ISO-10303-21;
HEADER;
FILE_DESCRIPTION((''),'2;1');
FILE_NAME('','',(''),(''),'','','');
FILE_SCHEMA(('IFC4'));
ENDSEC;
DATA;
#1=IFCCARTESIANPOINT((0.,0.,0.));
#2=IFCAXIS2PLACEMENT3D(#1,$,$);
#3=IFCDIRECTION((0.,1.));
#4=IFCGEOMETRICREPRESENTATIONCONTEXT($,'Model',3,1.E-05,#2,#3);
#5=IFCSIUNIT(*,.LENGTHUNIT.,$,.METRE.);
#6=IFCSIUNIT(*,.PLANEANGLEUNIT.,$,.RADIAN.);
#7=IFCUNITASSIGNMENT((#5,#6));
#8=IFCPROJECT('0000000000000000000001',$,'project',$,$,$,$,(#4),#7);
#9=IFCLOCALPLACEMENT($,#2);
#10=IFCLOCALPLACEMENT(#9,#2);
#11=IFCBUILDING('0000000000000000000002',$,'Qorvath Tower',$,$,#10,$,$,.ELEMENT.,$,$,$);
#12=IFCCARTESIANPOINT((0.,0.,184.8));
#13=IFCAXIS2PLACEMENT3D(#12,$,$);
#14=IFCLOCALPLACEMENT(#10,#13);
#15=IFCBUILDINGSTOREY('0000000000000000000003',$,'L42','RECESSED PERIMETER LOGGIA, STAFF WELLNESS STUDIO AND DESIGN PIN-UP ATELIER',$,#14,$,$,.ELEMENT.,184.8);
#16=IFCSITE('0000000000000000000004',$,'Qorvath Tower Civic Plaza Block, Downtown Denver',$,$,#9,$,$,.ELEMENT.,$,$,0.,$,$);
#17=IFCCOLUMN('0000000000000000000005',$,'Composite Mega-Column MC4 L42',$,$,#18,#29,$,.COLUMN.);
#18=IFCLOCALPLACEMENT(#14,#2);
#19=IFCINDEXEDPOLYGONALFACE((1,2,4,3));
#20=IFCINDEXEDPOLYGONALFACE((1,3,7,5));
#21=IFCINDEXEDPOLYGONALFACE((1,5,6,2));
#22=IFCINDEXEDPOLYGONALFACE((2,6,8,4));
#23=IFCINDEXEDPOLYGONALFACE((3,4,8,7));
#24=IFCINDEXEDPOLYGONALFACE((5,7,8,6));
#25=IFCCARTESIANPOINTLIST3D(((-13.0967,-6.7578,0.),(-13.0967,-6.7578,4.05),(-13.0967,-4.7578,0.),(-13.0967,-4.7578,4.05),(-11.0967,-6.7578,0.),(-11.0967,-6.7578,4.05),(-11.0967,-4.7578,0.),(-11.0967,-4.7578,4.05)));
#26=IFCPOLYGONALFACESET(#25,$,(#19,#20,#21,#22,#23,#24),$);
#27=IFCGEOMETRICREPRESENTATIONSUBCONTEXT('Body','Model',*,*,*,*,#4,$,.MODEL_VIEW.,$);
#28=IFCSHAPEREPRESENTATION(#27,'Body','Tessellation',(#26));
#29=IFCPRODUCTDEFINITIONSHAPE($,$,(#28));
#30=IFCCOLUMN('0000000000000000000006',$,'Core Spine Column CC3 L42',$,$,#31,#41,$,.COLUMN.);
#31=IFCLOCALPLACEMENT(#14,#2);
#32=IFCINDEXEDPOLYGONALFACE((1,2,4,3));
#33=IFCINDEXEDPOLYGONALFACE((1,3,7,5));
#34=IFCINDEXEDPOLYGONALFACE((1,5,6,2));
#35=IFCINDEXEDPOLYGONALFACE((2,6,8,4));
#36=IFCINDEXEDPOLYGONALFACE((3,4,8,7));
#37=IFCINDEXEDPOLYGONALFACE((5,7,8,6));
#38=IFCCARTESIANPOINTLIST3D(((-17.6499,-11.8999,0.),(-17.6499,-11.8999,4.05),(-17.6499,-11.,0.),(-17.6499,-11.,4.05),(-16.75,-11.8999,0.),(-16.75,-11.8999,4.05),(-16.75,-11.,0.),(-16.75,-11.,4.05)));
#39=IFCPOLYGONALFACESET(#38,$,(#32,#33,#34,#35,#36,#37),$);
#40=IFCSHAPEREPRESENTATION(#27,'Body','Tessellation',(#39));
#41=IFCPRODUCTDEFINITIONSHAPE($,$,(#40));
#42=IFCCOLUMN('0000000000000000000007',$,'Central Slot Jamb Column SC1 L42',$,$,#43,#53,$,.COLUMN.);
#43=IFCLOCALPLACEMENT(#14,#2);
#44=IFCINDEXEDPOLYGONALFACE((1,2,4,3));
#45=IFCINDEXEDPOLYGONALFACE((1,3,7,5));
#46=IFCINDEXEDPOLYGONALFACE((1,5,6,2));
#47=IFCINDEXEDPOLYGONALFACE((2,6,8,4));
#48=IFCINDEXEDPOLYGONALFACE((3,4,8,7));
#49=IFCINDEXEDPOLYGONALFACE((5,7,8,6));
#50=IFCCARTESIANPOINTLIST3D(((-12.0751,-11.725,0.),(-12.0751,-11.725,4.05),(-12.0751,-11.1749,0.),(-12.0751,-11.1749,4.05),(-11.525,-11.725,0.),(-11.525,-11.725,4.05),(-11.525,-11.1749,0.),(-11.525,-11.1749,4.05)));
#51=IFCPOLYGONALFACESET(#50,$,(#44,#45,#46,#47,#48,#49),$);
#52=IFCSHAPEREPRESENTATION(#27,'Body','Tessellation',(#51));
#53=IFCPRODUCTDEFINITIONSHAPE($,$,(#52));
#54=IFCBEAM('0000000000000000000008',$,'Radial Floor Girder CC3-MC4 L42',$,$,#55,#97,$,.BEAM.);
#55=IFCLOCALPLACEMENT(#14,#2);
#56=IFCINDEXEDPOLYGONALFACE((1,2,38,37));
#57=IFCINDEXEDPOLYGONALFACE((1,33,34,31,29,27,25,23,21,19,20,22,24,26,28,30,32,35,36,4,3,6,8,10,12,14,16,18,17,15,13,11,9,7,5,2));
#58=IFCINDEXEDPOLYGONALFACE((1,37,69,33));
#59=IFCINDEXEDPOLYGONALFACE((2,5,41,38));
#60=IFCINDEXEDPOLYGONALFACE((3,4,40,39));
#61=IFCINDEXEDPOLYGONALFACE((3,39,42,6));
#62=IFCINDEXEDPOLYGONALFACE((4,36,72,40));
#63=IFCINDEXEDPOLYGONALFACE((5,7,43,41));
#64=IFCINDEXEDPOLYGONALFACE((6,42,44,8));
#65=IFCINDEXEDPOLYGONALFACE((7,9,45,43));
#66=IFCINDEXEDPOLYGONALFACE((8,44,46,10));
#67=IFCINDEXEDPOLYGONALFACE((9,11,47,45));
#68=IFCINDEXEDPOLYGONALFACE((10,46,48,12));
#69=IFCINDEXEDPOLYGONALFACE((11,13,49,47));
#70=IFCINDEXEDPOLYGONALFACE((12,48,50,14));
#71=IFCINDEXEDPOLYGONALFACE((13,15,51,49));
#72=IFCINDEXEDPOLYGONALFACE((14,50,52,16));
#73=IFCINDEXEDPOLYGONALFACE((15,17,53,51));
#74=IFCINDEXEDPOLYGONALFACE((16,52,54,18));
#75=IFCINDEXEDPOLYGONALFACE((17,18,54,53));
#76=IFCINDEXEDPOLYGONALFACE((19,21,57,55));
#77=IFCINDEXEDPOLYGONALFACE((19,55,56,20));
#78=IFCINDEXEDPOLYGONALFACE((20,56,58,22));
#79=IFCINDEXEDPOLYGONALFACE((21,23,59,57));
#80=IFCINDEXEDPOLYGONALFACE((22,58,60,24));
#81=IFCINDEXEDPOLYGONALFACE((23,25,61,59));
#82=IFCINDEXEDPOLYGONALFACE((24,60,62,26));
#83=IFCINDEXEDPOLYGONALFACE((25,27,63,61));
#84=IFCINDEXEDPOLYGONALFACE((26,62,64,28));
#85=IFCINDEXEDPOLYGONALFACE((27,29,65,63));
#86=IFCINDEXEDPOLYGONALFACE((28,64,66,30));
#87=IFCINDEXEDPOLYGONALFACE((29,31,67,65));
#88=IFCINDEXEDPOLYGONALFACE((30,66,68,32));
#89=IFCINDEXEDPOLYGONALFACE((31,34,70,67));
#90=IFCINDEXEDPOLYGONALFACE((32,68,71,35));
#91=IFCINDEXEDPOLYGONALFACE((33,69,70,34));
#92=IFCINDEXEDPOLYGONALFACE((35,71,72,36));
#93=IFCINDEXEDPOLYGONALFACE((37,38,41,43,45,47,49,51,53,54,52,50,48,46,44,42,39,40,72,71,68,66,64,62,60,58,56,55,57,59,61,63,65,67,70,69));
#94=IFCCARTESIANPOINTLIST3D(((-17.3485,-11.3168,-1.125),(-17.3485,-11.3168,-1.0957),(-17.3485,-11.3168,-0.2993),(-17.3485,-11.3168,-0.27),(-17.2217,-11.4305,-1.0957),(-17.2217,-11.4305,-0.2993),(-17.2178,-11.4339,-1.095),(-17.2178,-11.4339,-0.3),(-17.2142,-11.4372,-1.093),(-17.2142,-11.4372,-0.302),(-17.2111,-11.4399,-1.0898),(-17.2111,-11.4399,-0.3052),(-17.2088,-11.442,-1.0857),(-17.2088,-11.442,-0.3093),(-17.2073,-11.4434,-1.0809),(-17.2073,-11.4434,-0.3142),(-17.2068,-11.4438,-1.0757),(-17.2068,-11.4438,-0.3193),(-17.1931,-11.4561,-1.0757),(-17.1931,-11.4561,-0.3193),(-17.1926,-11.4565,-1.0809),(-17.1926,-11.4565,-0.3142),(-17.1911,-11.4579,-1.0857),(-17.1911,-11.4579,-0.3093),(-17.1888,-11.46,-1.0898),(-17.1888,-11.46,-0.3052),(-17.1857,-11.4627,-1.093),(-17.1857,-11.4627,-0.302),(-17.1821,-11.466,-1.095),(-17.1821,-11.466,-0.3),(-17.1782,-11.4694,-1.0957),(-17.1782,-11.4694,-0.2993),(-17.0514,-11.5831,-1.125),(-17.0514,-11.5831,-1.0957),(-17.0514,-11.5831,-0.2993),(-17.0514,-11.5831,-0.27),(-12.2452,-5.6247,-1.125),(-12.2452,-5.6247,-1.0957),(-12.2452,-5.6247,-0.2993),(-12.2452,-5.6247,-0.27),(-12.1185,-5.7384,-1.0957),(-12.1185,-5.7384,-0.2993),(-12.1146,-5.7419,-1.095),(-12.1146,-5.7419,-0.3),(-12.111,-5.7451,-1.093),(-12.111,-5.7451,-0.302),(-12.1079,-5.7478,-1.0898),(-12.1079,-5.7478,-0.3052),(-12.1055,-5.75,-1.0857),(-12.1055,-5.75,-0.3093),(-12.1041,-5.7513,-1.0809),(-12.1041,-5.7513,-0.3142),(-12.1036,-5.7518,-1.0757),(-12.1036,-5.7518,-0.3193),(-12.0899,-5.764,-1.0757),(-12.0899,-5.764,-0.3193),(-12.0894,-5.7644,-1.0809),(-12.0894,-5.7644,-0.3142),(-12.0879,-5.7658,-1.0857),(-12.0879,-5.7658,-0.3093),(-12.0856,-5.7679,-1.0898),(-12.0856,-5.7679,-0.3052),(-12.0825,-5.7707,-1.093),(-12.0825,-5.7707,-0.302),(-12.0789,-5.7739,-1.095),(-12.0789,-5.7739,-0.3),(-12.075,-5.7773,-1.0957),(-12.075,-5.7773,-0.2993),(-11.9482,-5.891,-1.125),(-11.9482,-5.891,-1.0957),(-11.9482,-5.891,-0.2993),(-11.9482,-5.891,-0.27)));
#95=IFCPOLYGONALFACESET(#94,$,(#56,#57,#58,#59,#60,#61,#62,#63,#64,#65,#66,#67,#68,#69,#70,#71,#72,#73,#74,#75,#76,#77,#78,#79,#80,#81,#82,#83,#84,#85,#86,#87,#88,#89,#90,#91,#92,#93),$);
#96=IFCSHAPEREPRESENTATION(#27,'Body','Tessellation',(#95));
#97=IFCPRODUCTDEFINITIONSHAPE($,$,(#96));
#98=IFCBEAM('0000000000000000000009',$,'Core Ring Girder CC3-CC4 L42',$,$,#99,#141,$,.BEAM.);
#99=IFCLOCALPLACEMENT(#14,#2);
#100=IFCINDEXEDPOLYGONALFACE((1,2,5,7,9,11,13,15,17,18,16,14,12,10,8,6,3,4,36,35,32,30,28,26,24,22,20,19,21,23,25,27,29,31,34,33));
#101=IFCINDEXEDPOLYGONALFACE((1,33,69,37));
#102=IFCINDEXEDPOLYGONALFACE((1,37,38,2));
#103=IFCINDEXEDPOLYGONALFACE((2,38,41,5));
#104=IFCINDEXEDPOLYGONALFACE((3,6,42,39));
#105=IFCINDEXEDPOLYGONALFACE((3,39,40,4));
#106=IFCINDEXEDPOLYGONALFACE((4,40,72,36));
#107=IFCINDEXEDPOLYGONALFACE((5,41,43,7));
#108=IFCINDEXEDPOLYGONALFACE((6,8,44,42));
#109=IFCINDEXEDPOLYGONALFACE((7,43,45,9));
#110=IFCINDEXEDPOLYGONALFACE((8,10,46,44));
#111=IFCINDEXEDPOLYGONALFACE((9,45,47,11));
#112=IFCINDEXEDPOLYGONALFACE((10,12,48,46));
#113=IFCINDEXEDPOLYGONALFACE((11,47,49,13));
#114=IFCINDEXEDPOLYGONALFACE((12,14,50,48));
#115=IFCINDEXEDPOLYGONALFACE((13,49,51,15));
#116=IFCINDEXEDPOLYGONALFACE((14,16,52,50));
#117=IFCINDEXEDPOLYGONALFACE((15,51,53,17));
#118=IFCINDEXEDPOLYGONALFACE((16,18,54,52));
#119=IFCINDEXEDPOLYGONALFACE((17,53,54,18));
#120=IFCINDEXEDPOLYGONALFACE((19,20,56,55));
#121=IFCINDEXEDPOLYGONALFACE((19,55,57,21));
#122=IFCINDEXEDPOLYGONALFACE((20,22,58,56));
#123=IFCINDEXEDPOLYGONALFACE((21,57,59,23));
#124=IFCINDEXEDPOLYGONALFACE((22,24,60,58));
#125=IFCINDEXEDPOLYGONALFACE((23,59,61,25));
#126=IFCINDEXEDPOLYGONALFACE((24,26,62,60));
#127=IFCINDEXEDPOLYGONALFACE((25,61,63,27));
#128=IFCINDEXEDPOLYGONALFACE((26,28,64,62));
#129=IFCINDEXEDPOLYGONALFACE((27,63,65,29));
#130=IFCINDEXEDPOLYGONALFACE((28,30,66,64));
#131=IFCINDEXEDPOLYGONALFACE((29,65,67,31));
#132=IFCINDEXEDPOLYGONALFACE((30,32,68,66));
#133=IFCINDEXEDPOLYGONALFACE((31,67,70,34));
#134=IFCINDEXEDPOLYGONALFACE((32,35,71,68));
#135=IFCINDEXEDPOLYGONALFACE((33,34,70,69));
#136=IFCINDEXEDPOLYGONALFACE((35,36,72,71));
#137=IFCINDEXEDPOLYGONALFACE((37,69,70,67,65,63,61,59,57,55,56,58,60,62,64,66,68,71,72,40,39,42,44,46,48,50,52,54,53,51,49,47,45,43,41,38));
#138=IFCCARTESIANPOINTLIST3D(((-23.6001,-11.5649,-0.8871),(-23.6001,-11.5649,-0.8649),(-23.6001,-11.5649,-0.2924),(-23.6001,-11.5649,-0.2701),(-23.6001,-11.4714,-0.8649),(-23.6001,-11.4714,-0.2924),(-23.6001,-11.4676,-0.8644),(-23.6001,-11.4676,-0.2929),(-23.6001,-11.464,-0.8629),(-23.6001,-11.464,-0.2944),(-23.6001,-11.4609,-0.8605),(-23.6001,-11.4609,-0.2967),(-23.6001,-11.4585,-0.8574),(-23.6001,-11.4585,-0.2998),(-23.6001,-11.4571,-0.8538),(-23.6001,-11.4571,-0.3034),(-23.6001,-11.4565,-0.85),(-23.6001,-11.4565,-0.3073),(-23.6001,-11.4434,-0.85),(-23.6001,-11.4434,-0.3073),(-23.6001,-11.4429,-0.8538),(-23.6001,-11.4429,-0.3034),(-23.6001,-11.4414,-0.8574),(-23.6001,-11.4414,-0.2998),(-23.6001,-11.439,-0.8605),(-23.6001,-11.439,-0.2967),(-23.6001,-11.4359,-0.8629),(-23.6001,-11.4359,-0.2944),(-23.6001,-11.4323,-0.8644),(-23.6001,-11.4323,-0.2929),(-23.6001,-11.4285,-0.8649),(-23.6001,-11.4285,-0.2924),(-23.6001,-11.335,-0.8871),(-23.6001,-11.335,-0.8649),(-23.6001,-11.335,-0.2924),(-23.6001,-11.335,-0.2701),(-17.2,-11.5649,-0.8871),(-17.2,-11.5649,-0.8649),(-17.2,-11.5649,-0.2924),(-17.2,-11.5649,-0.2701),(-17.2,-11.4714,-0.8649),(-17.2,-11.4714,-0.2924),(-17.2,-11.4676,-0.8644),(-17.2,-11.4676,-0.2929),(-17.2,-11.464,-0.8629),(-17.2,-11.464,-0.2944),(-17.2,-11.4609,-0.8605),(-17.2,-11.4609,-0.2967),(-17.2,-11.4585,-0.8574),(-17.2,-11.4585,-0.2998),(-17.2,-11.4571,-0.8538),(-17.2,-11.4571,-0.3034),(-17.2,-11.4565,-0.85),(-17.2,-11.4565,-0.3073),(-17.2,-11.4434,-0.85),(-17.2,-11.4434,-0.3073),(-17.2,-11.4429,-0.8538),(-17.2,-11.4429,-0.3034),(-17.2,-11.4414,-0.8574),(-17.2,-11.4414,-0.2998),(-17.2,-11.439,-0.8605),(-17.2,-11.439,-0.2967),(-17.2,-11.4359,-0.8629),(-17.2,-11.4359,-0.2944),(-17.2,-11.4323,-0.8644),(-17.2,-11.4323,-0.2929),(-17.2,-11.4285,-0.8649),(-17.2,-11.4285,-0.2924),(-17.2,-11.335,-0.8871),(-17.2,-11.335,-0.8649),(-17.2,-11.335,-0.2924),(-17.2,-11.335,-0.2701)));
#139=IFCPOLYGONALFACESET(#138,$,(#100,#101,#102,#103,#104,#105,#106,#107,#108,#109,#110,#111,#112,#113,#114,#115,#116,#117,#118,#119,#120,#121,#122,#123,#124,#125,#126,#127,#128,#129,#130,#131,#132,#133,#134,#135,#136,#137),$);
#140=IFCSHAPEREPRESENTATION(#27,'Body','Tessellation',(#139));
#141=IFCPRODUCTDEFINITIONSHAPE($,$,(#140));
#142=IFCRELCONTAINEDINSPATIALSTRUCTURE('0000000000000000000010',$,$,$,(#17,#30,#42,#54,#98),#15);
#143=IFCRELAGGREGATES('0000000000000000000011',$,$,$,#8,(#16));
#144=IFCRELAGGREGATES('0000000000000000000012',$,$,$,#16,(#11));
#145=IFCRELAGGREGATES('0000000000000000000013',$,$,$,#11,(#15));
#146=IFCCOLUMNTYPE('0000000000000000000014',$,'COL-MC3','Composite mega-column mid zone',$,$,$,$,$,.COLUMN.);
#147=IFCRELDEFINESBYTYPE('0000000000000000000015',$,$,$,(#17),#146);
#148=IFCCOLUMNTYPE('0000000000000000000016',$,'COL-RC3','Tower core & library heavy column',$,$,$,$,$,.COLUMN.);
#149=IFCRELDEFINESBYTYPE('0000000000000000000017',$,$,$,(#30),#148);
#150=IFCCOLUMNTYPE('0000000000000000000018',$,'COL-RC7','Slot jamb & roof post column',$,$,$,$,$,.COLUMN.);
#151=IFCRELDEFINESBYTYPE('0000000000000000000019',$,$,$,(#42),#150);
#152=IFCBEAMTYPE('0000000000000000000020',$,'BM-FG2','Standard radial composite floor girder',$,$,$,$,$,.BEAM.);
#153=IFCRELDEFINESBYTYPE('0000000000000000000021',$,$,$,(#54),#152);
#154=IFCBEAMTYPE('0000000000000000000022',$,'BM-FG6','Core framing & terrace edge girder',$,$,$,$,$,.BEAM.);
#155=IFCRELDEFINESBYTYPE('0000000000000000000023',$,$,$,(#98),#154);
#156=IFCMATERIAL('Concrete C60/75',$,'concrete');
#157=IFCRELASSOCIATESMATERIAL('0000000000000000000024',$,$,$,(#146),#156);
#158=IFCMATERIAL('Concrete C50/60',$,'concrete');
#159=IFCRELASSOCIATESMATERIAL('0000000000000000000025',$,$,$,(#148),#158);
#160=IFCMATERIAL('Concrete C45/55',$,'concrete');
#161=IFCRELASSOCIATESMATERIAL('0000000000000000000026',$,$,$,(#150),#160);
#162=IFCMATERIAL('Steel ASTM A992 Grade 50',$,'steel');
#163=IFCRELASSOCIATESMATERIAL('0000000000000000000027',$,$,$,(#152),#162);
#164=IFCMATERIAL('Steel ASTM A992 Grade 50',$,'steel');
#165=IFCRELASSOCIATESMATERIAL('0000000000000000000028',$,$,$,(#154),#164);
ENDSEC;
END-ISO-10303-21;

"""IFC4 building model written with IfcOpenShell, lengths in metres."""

from ifc_helpers import new_model, si_unit, direction, frame, origin, origin_2d, place, context, subcontext, project, spatial, rectangle, i_section, extrude, material, material_profile, profile_set, type_object, element, save


model = new_model("IFC4")

# Units and contexts
model_context = context("Model", 3, precision=1e-05, world=origin(), true_north=direction((0.0, 1.0)))
body_context = subcontext(model_context, "Body", "Model", "MODEL_VIEW")
ifc_project = project(units=[si_unit("LENGTHUNIT", "METRE"), si_unit("PLANEANGLEUNIT", "RADIAN")], contexts=[model_context])

# Site, building, storey
site_placement = place(None, origin())
site = spatial("IfcSite", under=ifc_project, at=site_placement, Name="Qorvath Tower Civic Plaza Block, Downtown Denver", CompositionType="ELEMENT", RefElevation=0.0)
building_placement = place(site_placement, origin())
building = spatial("IfcBuilding", under=site, at=building_placement, Name="Qorvath Tower", CompositionType="ELEMENT")
storey_placement = place(building_placement, frame((0.0, 0.0, 184.8)))
storey = spatial("IfcBuildingStorey", under=building, at=storey_placement, Name="L42", Description="RECESSED PERIMETER LOGGIA, STAFF WELLNESS STUDIO AND DESIGN PIN-UP ATELIER", CompositionType="ELEMENT", Elevation=184.8)

# Columns
ifc_material_1 = material(Name="Concrete C60/75", Category="concrete")
ifc_material_profile_1 = material_profile(ifc_material_1, rectangle(XDim=2.0, YDim=2.0, at=origin_2d()), Name="MC 2000x2000")
ifc_profile_set_1 = profile_set([ifc_material_profile_1], Name="Concrete C60/75")
column_type_1 = type_object("IfcColumnType", Name="COL-MC3", Description="Composite mega-column mid zone", PredefinedType="COLUMN", material=ifc_profile_set_1)
column_1_placement = place(storey_placement, frame((-12.0967, -5.7578, 0.0), z_axis=(0.0, 0.0, 1.0), x_axis=(1.0, 0.0, 0.0)))
element("IfcColumn", 1, at=column_1_placement, inside=storey, type_object=column_type_1, Name="Composite Mega-Column MC4 L42", PredefinedType="COLUMN", context=body_context, shape_type="SweptSolid", body=[
    extrude(rectangle(XDim=2.0, YDim=2.0, at=origin_2d()), origin(), (0.0, 0.0, 1.0), 4.05),
])
ifc_material_2 = material(Name="Concrete C50/60", Category="concrete")
ifc_material_profile_2 = material_profile(ifc_material_2, rectangle(XDim=0.8999, YDim=0.8999, at=origin_2d()), Name="RC 900x900")
ifc_profile_set_2 = profile_set([ifc_material_profile_2], Name="Concrete C50/60")
column_type_2 = type_object("IfcColumnType", Name="COL-RC3", Description="Tower core & library heavy column", PredefinedType="COLUMN", material=ifc_profile_set_2)
column_2_placement = place(storey_placement, frame((-17.2, -11.45, 0.0), z_axis=(0.0, 0.0, 1.0), x_axis=(1.0, 0.0, 0.0)))
element("IfcColumn", 2, at=column_2_placement, inside=storey, type_object=column_type_2, Name="Core Spine Column CC3 L42", PredefinedType="COLUMN", context=body_context, shape_type="SweptSolid", body=[
    extrude(rectangle(XDim=0.8999, YDim=0.8999, at=origin_2d()), origin(), (0.0, 0.0, 1.0), 4.05),
])
ifc_material_3 = material(Name="Concrete C45/55", Category="concrete")
ifc_material_profile_3 = material_profile(ifc_material_3, rectangle(XDim=0.55, YDim=0.55, at=origin_2d()), Name="RC 550x550")
ifc_profile_set_3 = profile_set([ifc_material_profile_3], Name="Concrete C45/55")
column_type_3 = type_object("IfcColumnType", Name="COL-RC7", Description="Slot jamb & roof post column", PredefinedType="COLUMN", material=ifc_profile_set_3)
column_3_placement = place(storey_placement, frame((-11.8, -11.45, 0.0), z_axis=(0.0, 0.0, 1.0), x_axis=(1.0, 0.0, 0.0)))
element("IfcColumn", 3, at=column_3_placement, inside=storey, type_object=column_type_3, Name="Central Slot Jamb Column SC1 L42", PredefinedType="COLUMN", context=body_context, shape_type="SweptSolid", body=[
    extrude(rectangle(XDim=0.55, YDim=0.55, at=origin_2d()), origin(), (0.0, 0.0, 1.0), 4.05),
])

# Beams
ifc_material_4 = material(Name="Steel ASTM A992 Grade 50", Category="steel")
ifc_material_profile_4 = material_profile(ifc_material_4, i_section(OverallWidth=0.3989, OverallDepth=0.855, WebThickness=0.0183, FlangeThickness=0.0293, FilletRadius=0.02, at=origin_2d()), Name="W33x201")
ifc_profile_set_4 = profile_set([ifc_material_profile_4], Name="Steel ASTM A992 Grade 50")
beam_type_1 = type_object("IfcBeamType", Name="BM-FG2", Description="Standard radial composite floor girder", PredefinedType="BEAM", material=ifc_profile_set_4)
beam_1_placement = place(storey_placement, frame((-17.2, -11.45, -0.6975), z_axis=(0.667543, 0.744571, 0.0), x_axis=(-0.744571, 0.667543, 0.0)))
element("IfcBeam", 4, at=beam_1_placement, inside=storey, type_object=beam_type_1, Name="Radial Floor Girder CC3-MC4 L42", PredefinedType="BEAM", context=body_context, shape_type="SweptSolid", body=[
    extrude(i_section(OverallWidth=0.3989, OverallDepth=0.855, WebThickness=0.0183, FlangeThickness=0.0293, FilletRadius=0.02, at=origin_2d()), origin(), (0.0, 0.0, 1.0), 7.6448),
])
ifc_material_5 = material(Name="Steel ASTM A992 Grade 50", Category="steel")
ifc_material_profile_5 = material_profile(ifc_material_5, i_section(OverallWidth=0.23, OverallDepth=0.6169, WebThickness=0.0132, FlangeThickness=0.0222, FilletRadius=0.0149, at=origin_2d()), Name="W24x94")
ifc_profile_set_5 = profile_set([ifc_material_profile_5], Name="Steel ASTM A992 Grade 50")
beam_type_2 = type_object("IfcBeamType", Name="BM-FG6", Description="Core framing & terrace edge girder", PredefinedType="BEAM", material=ifc_profile_set_5)
beam_2_placement = place(storey_placement, frame((-17.2, -11.45, -0.5786), z_axis=(-1.0, 0.0, 0.0), x_axis=(0.0, -1.0, 0.0)))
element("IfcBeam", 5, at=beam_2_placement, inside=storey, type_object=beam_type_2, Name="Core Ring Girder CC3-CC4 L42", PredefinedType="BEAM", context=body_context, shape_type="SweptSolid", body=[
    extrude(i_section(OverallWidth=0.23, OverallDepth=0.6169, WebThickness=0.0132, FlangeThickness=0.0222, FilletRadius=0.0149, at=origin_2d()), origin(), (0.0, 0.0, 1.0), 6.4001),
])

save(model, "model.ifc")
